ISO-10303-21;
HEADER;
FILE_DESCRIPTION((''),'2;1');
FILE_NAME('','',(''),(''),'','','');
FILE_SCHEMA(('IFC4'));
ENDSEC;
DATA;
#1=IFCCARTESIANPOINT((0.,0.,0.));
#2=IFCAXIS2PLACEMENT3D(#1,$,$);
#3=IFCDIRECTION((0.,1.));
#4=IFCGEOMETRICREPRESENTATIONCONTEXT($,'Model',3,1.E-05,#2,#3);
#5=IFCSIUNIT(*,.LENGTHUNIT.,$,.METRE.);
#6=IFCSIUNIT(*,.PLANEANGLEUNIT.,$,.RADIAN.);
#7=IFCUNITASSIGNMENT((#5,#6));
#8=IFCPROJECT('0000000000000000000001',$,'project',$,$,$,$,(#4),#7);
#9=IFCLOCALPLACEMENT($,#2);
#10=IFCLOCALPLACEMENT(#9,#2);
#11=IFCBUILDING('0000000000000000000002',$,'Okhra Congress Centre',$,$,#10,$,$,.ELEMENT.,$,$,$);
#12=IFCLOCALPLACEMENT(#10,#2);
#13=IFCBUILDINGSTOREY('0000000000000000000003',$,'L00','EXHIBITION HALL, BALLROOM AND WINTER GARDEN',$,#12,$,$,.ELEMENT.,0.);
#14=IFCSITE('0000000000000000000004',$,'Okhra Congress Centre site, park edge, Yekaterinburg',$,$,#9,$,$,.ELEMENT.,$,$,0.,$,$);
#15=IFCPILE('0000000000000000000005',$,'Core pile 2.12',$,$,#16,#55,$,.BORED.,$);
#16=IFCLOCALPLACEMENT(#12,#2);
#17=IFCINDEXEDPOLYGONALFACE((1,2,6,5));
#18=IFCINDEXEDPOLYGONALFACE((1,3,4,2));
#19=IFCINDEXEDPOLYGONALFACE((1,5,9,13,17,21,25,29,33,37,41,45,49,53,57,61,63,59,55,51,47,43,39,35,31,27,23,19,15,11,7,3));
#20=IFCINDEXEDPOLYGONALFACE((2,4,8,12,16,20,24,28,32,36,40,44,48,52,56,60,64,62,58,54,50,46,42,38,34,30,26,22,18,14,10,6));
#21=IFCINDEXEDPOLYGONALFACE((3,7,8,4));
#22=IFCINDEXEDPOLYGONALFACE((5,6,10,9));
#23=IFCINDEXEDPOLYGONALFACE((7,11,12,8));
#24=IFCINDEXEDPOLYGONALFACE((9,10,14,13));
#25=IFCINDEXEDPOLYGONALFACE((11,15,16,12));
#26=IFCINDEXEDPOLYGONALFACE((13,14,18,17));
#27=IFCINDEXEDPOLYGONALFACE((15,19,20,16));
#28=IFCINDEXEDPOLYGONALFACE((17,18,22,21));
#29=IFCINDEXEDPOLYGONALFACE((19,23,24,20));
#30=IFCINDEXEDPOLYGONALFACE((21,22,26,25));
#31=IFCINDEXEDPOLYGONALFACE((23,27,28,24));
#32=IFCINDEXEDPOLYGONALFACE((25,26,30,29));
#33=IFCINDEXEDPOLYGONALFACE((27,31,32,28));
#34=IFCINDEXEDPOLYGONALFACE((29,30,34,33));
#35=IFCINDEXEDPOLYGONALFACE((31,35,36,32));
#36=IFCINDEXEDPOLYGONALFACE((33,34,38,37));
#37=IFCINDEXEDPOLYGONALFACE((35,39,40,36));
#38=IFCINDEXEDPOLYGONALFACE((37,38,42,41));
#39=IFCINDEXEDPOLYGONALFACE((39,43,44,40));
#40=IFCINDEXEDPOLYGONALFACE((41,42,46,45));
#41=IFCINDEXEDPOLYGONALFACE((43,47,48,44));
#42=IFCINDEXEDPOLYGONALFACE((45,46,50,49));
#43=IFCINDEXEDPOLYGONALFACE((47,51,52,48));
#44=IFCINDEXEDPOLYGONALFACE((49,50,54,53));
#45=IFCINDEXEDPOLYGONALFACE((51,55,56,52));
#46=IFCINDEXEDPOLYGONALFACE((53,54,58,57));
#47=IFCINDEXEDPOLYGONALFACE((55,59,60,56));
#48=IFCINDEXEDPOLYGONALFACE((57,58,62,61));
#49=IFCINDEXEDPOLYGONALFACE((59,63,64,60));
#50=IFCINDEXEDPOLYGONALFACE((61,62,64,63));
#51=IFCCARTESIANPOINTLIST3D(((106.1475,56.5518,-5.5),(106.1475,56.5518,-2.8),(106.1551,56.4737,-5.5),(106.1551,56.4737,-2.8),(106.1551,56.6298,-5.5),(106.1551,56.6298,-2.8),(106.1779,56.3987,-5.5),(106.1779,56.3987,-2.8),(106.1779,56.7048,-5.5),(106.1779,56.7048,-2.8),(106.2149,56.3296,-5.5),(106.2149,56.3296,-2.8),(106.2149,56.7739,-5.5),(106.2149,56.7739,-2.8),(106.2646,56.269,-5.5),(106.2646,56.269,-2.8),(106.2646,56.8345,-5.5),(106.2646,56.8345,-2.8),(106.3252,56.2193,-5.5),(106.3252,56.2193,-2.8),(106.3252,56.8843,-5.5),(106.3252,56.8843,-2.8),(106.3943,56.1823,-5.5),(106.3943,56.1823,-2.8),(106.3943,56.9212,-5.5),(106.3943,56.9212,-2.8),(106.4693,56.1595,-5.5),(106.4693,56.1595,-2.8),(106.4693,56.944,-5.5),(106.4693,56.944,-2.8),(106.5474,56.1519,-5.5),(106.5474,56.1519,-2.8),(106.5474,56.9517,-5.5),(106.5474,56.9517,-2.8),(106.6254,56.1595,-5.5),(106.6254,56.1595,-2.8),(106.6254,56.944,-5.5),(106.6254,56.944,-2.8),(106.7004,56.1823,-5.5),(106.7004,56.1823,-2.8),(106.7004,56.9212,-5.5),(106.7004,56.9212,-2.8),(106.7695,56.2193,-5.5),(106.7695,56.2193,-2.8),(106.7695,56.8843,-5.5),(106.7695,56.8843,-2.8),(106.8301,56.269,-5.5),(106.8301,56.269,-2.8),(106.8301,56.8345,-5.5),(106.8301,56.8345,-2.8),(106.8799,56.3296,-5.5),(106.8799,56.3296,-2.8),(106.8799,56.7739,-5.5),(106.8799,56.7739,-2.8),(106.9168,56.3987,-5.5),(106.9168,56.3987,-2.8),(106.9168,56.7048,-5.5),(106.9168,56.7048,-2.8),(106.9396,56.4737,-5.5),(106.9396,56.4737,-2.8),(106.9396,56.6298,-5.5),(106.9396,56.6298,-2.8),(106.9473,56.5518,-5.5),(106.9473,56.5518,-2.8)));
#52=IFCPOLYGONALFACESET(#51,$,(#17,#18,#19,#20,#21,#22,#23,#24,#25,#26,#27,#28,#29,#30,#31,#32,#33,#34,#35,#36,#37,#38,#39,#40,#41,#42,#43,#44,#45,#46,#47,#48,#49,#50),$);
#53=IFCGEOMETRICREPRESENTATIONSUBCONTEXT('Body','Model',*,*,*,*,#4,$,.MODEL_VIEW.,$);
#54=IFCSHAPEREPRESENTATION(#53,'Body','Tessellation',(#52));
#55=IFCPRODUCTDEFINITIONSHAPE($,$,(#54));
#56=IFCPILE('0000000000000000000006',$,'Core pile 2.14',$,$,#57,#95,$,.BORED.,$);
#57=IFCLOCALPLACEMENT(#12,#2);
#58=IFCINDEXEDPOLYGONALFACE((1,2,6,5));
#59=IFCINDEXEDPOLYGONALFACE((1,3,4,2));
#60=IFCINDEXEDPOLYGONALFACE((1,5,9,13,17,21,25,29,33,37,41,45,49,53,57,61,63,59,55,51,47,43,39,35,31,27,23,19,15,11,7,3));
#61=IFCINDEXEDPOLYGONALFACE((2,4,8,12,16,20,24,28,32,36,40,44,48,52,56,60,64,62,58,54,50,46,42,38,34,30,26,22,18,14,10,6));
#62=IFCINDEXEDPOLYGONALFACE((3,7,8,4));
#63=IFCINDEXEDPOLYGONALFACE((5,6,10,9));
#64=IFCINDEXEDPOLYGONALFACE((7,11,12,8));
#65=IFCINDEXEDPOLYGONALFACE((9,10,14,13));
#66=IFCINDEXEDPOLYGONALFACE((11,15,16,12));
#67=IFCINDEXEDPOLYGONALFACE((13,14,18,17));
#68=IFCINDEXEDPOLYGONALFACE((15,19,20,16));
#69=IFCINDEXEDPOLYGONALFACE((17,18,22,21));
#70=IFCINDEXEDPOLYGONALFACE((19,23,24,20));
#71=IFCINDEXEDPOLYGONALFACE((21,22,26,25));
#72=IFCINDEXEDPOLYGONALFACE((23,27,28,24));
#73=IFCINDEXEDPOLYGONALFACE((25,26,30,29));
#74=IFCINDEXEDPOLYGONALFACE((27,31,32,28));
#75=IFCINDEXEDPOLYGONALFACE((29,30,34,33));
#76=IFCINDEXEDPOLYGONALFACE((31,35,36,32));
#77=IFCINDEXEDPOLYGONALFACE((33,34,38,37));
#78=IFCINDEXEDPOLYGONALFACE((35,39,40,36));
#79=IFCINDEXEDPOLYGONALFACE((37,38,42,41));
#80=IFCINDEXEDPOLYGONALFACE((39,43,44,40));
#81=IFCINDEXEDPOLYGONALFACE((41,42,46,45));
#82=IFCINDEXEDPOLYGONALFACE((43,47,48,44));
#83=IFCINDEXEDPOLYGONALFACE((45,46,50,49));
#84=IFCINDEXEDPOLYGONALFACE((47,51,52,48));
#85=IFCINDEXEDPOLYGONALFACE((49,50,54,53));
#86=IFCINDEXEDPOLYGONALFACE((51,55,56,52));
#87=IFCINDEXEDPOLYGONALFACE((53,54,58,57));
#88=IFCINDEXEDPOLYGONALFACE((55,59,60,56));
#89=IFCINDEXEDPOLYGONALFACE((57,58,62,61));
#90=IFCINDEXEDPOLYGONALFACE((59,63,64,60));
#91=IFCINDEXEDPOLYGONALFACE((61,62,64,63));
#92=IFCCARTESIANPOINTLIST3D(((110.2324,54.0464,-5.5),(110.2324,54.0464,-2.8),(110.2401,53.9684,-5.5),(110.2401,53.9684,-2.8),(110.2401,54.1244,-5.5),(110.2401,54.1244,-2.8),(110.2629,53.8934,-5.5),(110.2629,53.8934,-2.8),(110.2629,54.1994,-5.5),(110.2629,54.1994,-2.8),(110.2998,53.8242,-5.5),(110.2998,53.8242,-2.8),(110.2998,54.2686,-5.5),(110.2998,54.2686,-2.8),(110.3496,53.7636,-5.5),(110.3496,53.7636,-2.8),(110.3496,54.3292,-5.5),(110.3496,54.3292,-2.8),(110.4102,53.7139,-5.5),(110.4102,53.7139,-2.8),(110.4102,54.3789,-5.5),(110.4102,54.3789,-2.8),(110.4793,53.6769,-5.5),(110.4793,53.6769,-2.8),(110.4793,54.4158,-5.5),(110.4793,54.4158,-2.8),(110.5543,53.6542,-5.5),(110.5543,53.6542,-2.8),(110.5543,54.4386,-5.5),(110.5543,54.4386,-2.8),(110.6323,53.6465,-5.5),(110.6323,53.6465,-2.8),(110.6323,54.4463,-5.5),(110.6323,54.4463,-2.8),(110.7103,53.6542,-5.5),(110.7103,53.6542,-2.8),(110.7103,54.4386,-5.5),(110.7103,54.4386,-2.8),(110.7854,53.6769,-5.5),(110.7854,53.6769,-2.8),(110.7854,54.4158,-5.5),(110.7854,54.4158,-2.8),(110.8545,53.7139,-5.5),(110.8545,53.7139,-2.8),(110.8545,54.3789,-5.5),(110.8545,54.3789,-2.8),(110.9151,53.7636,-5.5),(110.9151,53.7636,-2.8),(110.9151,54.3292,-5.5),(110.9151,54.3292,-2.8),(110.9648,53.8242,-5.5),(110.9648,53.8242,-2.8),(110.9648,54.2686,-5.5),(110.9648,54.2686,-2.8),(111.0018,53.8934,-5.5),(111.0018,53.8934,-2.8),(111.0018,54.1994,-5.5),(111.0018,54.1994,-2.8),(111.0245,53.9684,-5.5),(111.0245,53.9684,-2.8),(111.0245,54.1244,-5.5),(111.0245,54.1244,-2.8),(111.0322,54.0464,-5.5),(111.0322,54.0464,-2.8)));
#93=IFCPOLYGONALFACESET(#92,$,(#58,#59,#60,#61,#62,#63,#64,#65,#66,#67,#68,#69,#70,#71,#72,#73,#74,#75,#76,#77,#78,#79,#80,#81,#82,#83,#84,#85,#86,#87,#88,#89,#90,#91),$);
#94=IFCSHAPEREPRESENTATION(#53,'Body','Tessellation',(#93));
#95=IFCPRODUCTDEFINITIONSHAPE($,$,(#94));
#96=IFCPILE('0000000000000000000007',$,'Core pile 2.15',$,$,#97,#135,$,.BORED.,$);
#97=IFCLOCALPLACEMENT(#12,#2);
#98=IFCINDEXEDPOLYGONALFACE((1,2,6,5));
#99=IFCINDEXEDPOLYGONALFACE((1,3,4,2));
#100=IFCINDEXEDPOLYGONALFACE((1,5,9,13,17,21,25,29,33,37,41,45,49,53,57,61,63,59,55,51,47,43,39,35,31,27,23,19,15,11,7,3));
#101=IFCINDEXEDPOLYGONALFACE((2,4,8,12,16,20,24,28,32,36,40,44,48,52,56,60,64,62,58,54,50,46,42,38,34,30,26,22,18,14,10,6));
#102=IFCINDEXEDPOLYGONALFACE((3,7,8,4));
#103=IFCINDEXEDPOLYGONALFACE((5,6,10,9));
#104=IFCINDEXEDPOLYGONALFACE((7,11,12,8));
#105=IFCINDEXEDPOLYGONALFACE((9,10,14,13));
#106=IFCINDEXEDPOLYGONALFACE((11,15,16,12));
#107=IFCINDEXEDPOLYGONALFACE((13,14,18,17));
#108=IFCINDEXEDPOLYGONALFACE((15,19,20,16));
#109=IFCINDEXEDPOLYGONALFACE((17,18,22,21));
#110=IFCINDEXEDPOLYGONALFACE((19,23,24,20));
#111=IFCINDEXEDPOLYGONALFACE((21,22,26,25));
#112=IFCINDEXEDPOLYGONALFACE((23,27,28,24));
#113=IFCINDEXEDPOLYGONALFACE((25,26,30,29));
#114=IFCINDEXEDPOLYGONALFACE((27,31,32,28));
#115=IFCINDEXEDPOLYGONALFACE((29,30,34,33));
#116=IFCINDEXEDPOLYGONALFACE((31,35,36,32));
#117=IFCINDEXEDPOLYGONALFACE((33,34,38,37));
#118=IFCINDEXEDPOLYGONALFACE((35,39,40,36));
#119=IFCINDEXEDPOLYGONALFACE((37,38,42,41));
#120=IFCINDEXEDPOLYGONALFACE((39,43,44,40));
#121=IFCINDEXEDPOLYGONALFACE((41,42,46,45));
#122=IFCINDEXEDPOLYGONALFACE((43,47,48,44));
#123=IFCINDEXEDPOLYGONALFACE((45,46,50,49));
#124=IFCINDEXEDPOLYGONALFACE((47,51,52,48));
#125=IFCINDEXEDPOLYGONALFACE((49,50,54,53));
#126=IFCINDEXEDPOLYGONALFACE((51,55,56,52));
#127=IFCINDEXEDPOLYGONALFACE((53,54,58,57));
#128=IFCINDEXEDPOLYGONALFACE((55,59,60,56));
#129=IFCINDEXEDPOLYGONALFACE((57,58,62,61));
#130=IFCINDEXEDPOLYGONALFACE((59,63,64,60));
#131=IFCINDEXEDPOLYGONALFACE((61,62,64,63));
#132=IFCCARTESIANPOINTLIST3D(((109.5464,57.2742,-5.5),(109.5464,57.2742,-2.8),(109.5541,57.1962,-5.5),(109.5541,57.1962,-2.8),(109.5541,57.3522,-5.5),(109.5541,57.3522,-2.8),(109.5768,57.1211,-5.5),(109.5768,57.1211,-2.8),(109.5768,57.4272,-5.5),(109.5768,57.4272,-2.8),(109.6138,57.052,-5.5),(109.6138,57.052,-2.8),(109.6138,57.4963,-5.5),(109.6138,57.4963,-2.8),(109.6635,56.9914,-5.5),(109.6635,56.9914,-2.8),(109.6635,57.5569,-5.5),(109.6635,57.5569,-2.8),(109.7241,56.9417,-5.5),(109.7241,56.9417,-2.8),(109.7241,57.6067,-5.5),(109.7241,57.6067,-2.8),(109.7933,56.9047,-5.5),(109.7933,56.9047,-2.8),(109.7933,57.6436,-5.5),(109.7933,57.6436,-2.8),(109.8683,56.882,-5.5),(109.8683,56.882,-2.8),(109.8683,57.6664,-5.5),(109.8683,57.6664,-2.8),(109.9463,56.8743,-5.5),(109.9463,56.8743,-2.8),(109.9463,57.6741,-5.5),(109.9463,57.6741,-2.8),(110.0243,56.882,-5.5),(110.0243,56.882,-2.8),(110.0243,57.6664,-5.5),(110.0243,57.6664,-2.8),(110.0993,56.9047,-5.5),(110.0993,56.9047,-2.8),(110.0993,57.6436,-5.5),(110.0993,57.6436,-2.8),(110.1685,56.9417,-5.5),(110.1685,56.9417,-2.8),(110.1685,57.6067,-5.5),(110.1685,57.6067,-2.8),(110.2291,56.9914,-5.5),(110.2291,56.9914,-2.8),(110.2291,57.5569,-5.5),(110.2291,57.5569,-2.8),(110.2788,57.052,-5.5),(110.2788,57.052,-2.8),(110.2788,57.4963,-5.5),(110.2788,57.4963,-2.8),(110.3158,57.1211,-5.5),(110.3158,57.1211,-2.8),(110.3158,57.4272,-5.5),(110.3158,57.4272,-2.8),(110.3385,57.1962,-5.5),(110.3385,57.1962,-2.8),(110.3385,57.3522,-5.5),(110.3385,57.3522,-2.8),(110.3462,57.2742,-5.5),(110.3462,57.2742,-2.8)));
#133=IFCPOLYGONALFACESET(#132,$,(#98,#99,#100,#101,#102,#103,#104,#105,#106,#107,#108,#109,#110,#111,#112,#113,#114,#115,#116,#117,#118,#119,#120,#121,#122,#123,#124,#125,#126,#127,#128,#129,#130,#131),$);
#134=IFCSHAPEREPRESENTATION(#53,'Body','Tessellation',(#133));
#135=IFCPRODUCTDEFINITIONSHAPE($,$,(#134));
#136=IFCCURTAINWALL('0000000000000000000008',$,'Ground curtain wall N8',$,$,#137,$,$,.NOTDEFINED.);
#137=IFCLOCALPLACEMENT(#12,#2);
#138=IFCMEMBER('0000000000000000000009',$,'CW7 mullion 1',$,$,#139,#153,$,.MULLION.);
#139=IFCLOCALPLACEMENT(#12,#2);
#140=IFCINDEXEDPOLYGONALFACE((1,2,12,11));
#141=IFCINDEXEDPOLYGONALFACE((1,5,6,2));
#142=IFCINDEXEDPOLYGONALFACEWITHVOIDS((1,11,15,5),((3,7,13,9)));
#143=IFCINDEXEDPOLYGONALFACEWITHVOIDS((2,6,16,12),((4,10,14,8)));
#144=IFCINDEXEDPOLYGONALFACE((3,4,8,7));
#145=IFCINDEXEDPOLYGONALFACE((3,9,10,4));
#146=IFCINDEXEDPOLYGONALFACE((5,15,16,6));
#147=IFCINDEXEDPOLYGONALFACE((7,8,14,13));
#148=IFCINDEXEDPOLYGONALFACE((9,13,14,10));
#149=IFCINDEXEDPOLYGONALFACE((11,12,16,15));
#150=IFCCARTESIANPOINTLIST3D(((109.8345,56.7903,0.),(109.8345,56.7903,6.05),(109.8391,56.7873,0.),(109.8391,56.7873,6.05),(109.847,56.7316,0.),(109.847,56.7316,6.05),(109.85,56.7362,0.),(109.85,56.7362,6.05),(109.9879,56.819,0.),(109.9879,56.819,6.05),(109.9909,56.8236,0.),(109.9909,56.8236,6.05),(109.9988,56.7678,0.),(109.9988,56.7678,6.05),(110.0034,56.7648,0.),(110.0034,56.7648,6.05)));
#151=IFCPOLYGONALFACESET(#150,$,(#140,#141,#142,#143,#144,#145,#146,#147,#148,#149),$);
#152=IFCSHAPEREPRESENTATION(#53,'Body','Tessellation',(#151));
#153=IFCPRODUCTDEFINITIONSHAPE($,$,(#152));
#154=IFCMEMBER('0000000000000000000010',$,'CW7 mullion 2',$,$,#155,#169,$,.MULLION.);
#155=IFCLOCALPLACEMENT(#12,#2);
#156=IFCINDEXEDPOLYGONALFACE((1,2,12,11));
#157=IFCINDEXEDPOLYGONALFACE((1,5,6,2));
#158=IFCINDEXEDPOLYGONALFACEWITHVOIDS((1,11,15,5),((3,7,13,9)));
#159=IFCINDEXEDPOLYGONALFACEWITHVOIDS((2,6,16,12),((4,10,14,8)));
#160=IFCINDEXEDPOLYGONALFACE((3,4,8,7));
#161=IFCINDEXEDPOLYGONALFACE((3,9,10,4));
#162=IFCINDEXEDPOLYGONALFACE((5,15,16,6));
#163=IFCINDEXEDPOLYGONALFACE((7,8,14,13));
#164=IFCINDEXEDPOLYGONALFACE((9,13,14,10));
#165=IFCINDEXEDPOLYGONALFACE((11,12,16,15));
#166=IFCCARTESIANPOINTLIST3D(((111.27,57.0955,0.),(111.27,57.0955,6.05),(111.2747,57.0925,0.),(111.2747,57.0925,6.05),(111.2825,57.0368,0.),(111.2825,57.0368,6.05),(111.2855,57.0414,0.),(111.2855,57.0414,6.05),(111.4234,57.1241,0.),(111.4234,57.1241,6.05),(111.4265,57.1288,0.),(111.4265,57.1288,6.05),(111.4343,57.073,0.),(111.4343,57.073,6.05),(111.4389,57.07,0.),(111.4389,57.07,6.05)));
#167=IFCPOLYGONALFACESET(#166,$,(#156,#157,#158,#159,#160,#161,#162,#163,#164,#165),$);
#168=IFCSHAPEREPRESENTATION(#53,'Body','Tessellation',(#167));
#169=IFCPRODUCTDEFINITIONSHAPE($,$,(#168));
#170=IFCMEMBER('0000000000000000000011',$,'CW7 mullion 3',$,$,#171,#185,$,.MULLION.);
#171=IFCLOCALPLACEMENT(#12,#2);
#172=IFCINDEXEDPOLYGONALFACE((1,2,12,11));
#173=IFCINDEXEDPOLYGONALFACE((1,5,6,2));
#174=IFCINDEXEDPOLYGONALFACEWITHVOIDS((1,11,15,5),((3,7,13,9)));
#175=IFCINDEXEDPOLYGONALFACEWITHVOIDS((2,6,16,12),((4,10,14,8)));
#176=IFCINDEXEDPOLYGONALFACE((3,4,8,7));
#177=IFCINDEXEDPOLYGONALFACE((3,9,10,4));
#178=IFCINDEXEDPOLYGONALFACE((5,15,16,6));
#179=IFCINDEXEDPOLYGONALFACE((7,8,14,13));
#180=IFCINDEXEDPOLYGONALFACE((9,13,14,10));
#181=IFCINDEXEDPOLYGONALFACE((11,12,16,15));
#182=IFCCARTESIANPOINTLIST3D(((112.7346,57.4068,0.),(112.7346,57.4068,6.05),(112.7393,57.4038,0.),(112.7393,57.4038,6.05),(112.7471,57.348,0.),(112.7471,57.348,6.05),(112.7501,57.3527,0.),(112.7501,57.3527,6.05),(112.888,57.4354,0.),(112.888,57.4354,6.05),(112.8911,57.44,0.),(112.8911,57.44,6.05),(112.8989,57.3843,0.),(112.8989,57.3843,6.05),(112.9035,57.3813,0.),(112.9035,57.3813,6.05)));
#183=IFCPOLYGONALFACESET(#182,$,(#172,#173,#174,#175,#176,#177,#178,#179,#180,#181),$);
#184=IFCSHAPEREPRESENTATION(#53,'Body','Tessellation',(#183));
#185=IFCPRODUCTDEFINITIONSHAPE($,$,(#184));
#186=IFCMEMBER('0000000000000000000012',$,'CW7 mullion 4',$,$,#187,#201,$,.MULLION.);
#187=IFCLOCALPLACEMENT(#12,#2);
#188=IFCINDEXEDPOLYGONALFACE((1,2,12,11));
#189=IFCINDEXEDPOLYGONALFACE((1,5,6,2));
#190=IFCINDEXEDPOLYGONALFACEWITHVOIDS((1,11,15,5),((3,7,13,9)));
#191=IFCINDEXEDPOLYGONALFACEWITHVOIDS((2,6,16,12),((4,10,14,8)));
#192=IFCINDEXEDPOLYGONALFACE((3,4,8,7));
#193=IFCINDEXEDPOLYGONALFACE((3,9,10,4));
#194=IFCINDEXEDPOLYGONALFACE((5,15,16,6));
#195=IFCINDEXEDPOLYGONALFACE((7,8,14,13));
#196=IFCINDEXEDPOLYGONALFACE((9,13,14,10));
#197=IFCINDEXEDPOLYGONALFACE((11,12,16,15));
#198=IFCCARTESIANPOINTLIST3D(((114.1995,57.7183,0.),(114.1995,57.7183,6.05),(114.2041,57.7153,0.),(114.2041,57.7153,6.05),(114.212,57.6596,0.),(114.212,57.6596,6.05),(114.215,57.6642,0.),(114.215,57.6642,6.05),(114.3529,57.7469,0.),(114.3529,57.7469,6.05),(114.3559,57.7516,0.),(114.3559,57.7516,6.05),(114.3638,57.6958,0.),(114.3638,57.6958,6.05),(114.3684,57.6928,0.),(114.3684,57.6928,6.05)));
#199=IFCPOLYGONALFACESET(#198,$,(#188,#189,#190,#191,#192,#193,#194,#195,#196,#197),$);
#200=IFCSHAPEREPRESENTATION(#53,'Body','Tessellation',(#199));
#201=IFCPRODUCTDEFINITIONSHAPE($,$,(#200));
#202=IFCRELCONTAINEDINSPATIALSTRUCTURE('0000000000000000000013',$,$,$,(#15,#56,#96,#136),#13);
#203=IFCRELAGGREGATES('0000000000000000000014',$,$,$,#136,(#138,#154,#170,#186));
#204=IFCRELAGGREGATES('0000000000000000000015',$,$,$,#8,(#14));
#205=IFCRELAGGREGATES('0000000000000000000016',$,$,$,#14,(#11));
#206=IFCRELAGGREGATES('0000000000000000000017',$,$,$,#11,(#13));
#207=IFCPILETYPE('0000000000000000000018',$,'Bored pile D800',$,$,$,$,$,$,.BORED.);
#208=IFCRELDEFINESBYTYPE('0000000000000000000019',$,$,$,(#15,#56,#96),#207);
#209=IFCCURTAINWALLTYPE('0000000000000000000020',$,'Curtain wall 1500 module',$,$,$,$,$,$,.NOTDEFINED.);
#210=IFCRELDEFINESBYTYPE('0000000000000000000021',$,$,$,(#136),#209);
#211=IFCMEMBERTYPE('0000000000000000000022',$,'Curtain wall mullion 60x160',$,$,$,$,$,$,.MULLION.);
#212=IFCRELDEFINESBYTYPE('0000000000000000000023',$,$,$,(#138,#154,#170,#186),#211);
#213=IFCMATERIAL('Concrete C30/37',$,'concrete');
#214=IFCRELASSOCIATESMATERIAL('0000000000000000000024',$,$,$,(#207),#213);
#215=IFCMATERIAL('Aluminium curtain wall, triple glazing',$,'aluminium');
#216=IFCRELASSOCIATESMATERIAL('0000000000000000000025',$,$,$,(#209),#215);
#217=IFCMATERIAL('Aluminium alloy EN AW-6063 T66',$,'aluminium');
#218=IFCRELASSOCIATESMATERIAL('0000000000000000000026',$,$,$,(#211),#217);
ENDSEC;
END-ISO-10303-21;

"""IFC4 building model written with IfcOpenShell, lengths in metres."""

from ifc_helpers import new_model, si_unit, direction, frame, origin, origin_2d, place, context, subcontext, project, spatial, hollow_rectangle, circle, extrude, material, material_profile, profile_set, type_object, element, aggregate, save


model = new_model("IFC4")

# Units and contexts
model_context = context("Model", 3, precision=1e-05, world=origin(), true_north=direction((0.0, 1.0)))
body_context = subcontext(model_context, "Body", "Model", "MODEL_VIEW")
ifc_project = project(units=[si_unit("LENGTHUNIT", "METRE"), si_unit("PLANEANGLEUNIT", "RADIAN")], contexts=[model_context])

# Site, building, storey
site_placement = place(None, origin())
site = spatial("IfcSite", under=ifc_project, at=site_placement, Name="Okhra Congress Centre site, park edge, Yekaterinburg", CompositionType="ELEMENT", RefElevation=0.0)
building_placement = place(site_placement, origin())
building = spatial("IfcBuilding", under=site, at=building_placement, Name="Okhra Congress Centre", CompositionType="ELEMENT")
storey_placement = place(building_placement, origin())
storey = spatial("IfcBuildingStorey", under=building, at=storey_placement, Name="L00", Description="EXHIBITION HALL, BALLROOM AND WINTER GARDEN", CompositionType="ELEMENT", Elevation=0.0)

# Piles
ifc_material_1 = material(Name="Concrete C30/37", Category="concrete")
ifc_material_profile_1 = material_profile(ifc_material_1, circle(Radius=0.3999, at=origin_2d()), Name="D800")
ifc_profile_set_1 = profile_set([ifc_material_profile_1], Name="Concrete C30/37")
pile_type = type_object("IfcPileType", Name="Bored pile D800", PredefinedType="BORED", material=ifc_profile_set_1)
for number, where, z_axis, x_axis, name in (
    (1, (106.5474, 56.5518, -2.8), (0.0, 0.0, -1.0), (1.0, 0.0, 0.0), "Core pile 2.12"),
    (2, (110.6323, 54.0464, -2.8), (0.0, 0.0, -1.0), (1.0, 0.0, 0.0), "Core pile 2.14"),
    (3, (109.9463, 57.2742, -2.8), (0.0, 0.0, -1.0), (1.0, 0.0, 0.0), "Core pile 2.15"),
):
    element("IfcPile", number, at=place(storey_placement, frame(where, z_axis=z_axis, x_axis=x_axis)), inside=storey, type_object=pile_type, Name=name, PredefinedType="BORED", context=body_context, shape_type="SweptSolid", body=[
        extrude(circle(Radius=0.3999, at=origin_2d()), origin(), (0.0, 0.0, 1.0), 2.7),
    ])

# Curtain wall, members
ifc_material_2 = material(Name="Aluminium curtain wall, triple glazing", Category="aluminium")
curtain_wall_type = type_object("IfcCurtainWallType", Name="Curtain wall 1500 module", PredefinedType="NOTDEFINED", material=ifc_material_2)
curtain_wall_placement = place(storey_placement, origin())
curtain_wall = element("IfcCurtainWall", 4, at=curtain_wall_placement, inside=storey, type_object=curtain_wall_type, Name="Ground curtain wall N8", PredefinedType="NOTDEFINED")
ifc_material_3 = material(Name="Aluminium alloy EN AW-6063 T66", Category="aluminium")
ifc_material_profile_2 = material_profile(ifc_material_3, hollow_rectangle(XDim=0.0601, YDim=0.1599, WallThickness=0.0039, at=origin_2d()), Name="RHS 60x160x4")
ifc_profile_set_2 = profile_set([ifc_material_profile_2], Name="Aluminium alloy EN AW-6063 T66")
member_type_1 = type_object("IfcMemberType", Name="Curtain wall mullion 60x160", PredefinedType="MULLION", material=ifc_profile_set_2)
member_1_placement = place(storey_placement, frame((109.9189, 56.7776, 0.0), z_axis=(0.0, 0.0, 1.0), x_axis=(-0.207912, 0.978148, 0.0)))
member_1 = element("IfcMember", 5, at=member_1_placement, type_object=member_type_1, Name="CW7 mullion 1", PredefinedType="MULLION", context=body_context, shape_type="SweptSolid", body=[
    extrude(hollow_rectangle(XDim=0.0601, YDim=0.1599, WallThickness=0.0039, at=origin_2d()), origin(), (0.0, 0.0, 1.0), 6.05),
])
member_2_placement = place(storey_placement, frame((111.3545, 57.0828, 0.0), z_axis=(0.0, 0.0, 1.0), x_axis=(-0.207912, 0.978148, 0.0)))
member_2 = element("IfcMember", 6, at=member_2_placement, type_object=member_type_1, Name="CW7 mullion 2", PredefinedType="MULLION", context=body_context, shape_type="SweptSolid", body=[
    extrude(hollow_rectangle(XDim=0.0601, YDim=0.1599, WallThickness=0.0039, at=origin_2d()), origin(), (0.0, 0.0, 1.0), 6.05),
])
member_3_placement = place(storey_placement, frame((112.8191, 57.394, 0.0), z_axis=(0.0, 0.0, 1.0), x_axis=(-0.207912, 0.978148, 0.0)))
member_3 = element("IfcMember", 7, at=member_3_placement, type_object=member_type_1, Name="CW7 mullion 3", PredefinedType="MULLION", context=body_context, shape_type="SweptSolid", body=[
    extrude(hollow_rectangle(XDim=0.0601, YDim=0.1599, WallThickness=0.0039, at=origin_2d()), origin(), (0.0, 0.0, 1.0), 6.05),
])
member_4_placement = place(storey_placement, frame((114.2839, 57.7056, 0.0), z_axis=(0.0, 0.0, 1.0), x_axis=(-0.207912, 0.978148, 0.0)))
member_4 = element("IfcMember", 8, at=member_4_placement, type_object=member_type_1, Name="CW7 mullion 4", PredefinedType="MULLION", context=body_context, shape_type="SweptSolid", body=[
    extrude(hollow_rectangle(XDim=0.0601, YDim=0.1599, WallThickness=0.0039, at=origin_2d()), origin(), (0.0, 0.0, 1.0), 6.05),
])
aggregate(curtain_wall, [member_1, member_2, member_3, member_4])

save(model, "model.ifc")
